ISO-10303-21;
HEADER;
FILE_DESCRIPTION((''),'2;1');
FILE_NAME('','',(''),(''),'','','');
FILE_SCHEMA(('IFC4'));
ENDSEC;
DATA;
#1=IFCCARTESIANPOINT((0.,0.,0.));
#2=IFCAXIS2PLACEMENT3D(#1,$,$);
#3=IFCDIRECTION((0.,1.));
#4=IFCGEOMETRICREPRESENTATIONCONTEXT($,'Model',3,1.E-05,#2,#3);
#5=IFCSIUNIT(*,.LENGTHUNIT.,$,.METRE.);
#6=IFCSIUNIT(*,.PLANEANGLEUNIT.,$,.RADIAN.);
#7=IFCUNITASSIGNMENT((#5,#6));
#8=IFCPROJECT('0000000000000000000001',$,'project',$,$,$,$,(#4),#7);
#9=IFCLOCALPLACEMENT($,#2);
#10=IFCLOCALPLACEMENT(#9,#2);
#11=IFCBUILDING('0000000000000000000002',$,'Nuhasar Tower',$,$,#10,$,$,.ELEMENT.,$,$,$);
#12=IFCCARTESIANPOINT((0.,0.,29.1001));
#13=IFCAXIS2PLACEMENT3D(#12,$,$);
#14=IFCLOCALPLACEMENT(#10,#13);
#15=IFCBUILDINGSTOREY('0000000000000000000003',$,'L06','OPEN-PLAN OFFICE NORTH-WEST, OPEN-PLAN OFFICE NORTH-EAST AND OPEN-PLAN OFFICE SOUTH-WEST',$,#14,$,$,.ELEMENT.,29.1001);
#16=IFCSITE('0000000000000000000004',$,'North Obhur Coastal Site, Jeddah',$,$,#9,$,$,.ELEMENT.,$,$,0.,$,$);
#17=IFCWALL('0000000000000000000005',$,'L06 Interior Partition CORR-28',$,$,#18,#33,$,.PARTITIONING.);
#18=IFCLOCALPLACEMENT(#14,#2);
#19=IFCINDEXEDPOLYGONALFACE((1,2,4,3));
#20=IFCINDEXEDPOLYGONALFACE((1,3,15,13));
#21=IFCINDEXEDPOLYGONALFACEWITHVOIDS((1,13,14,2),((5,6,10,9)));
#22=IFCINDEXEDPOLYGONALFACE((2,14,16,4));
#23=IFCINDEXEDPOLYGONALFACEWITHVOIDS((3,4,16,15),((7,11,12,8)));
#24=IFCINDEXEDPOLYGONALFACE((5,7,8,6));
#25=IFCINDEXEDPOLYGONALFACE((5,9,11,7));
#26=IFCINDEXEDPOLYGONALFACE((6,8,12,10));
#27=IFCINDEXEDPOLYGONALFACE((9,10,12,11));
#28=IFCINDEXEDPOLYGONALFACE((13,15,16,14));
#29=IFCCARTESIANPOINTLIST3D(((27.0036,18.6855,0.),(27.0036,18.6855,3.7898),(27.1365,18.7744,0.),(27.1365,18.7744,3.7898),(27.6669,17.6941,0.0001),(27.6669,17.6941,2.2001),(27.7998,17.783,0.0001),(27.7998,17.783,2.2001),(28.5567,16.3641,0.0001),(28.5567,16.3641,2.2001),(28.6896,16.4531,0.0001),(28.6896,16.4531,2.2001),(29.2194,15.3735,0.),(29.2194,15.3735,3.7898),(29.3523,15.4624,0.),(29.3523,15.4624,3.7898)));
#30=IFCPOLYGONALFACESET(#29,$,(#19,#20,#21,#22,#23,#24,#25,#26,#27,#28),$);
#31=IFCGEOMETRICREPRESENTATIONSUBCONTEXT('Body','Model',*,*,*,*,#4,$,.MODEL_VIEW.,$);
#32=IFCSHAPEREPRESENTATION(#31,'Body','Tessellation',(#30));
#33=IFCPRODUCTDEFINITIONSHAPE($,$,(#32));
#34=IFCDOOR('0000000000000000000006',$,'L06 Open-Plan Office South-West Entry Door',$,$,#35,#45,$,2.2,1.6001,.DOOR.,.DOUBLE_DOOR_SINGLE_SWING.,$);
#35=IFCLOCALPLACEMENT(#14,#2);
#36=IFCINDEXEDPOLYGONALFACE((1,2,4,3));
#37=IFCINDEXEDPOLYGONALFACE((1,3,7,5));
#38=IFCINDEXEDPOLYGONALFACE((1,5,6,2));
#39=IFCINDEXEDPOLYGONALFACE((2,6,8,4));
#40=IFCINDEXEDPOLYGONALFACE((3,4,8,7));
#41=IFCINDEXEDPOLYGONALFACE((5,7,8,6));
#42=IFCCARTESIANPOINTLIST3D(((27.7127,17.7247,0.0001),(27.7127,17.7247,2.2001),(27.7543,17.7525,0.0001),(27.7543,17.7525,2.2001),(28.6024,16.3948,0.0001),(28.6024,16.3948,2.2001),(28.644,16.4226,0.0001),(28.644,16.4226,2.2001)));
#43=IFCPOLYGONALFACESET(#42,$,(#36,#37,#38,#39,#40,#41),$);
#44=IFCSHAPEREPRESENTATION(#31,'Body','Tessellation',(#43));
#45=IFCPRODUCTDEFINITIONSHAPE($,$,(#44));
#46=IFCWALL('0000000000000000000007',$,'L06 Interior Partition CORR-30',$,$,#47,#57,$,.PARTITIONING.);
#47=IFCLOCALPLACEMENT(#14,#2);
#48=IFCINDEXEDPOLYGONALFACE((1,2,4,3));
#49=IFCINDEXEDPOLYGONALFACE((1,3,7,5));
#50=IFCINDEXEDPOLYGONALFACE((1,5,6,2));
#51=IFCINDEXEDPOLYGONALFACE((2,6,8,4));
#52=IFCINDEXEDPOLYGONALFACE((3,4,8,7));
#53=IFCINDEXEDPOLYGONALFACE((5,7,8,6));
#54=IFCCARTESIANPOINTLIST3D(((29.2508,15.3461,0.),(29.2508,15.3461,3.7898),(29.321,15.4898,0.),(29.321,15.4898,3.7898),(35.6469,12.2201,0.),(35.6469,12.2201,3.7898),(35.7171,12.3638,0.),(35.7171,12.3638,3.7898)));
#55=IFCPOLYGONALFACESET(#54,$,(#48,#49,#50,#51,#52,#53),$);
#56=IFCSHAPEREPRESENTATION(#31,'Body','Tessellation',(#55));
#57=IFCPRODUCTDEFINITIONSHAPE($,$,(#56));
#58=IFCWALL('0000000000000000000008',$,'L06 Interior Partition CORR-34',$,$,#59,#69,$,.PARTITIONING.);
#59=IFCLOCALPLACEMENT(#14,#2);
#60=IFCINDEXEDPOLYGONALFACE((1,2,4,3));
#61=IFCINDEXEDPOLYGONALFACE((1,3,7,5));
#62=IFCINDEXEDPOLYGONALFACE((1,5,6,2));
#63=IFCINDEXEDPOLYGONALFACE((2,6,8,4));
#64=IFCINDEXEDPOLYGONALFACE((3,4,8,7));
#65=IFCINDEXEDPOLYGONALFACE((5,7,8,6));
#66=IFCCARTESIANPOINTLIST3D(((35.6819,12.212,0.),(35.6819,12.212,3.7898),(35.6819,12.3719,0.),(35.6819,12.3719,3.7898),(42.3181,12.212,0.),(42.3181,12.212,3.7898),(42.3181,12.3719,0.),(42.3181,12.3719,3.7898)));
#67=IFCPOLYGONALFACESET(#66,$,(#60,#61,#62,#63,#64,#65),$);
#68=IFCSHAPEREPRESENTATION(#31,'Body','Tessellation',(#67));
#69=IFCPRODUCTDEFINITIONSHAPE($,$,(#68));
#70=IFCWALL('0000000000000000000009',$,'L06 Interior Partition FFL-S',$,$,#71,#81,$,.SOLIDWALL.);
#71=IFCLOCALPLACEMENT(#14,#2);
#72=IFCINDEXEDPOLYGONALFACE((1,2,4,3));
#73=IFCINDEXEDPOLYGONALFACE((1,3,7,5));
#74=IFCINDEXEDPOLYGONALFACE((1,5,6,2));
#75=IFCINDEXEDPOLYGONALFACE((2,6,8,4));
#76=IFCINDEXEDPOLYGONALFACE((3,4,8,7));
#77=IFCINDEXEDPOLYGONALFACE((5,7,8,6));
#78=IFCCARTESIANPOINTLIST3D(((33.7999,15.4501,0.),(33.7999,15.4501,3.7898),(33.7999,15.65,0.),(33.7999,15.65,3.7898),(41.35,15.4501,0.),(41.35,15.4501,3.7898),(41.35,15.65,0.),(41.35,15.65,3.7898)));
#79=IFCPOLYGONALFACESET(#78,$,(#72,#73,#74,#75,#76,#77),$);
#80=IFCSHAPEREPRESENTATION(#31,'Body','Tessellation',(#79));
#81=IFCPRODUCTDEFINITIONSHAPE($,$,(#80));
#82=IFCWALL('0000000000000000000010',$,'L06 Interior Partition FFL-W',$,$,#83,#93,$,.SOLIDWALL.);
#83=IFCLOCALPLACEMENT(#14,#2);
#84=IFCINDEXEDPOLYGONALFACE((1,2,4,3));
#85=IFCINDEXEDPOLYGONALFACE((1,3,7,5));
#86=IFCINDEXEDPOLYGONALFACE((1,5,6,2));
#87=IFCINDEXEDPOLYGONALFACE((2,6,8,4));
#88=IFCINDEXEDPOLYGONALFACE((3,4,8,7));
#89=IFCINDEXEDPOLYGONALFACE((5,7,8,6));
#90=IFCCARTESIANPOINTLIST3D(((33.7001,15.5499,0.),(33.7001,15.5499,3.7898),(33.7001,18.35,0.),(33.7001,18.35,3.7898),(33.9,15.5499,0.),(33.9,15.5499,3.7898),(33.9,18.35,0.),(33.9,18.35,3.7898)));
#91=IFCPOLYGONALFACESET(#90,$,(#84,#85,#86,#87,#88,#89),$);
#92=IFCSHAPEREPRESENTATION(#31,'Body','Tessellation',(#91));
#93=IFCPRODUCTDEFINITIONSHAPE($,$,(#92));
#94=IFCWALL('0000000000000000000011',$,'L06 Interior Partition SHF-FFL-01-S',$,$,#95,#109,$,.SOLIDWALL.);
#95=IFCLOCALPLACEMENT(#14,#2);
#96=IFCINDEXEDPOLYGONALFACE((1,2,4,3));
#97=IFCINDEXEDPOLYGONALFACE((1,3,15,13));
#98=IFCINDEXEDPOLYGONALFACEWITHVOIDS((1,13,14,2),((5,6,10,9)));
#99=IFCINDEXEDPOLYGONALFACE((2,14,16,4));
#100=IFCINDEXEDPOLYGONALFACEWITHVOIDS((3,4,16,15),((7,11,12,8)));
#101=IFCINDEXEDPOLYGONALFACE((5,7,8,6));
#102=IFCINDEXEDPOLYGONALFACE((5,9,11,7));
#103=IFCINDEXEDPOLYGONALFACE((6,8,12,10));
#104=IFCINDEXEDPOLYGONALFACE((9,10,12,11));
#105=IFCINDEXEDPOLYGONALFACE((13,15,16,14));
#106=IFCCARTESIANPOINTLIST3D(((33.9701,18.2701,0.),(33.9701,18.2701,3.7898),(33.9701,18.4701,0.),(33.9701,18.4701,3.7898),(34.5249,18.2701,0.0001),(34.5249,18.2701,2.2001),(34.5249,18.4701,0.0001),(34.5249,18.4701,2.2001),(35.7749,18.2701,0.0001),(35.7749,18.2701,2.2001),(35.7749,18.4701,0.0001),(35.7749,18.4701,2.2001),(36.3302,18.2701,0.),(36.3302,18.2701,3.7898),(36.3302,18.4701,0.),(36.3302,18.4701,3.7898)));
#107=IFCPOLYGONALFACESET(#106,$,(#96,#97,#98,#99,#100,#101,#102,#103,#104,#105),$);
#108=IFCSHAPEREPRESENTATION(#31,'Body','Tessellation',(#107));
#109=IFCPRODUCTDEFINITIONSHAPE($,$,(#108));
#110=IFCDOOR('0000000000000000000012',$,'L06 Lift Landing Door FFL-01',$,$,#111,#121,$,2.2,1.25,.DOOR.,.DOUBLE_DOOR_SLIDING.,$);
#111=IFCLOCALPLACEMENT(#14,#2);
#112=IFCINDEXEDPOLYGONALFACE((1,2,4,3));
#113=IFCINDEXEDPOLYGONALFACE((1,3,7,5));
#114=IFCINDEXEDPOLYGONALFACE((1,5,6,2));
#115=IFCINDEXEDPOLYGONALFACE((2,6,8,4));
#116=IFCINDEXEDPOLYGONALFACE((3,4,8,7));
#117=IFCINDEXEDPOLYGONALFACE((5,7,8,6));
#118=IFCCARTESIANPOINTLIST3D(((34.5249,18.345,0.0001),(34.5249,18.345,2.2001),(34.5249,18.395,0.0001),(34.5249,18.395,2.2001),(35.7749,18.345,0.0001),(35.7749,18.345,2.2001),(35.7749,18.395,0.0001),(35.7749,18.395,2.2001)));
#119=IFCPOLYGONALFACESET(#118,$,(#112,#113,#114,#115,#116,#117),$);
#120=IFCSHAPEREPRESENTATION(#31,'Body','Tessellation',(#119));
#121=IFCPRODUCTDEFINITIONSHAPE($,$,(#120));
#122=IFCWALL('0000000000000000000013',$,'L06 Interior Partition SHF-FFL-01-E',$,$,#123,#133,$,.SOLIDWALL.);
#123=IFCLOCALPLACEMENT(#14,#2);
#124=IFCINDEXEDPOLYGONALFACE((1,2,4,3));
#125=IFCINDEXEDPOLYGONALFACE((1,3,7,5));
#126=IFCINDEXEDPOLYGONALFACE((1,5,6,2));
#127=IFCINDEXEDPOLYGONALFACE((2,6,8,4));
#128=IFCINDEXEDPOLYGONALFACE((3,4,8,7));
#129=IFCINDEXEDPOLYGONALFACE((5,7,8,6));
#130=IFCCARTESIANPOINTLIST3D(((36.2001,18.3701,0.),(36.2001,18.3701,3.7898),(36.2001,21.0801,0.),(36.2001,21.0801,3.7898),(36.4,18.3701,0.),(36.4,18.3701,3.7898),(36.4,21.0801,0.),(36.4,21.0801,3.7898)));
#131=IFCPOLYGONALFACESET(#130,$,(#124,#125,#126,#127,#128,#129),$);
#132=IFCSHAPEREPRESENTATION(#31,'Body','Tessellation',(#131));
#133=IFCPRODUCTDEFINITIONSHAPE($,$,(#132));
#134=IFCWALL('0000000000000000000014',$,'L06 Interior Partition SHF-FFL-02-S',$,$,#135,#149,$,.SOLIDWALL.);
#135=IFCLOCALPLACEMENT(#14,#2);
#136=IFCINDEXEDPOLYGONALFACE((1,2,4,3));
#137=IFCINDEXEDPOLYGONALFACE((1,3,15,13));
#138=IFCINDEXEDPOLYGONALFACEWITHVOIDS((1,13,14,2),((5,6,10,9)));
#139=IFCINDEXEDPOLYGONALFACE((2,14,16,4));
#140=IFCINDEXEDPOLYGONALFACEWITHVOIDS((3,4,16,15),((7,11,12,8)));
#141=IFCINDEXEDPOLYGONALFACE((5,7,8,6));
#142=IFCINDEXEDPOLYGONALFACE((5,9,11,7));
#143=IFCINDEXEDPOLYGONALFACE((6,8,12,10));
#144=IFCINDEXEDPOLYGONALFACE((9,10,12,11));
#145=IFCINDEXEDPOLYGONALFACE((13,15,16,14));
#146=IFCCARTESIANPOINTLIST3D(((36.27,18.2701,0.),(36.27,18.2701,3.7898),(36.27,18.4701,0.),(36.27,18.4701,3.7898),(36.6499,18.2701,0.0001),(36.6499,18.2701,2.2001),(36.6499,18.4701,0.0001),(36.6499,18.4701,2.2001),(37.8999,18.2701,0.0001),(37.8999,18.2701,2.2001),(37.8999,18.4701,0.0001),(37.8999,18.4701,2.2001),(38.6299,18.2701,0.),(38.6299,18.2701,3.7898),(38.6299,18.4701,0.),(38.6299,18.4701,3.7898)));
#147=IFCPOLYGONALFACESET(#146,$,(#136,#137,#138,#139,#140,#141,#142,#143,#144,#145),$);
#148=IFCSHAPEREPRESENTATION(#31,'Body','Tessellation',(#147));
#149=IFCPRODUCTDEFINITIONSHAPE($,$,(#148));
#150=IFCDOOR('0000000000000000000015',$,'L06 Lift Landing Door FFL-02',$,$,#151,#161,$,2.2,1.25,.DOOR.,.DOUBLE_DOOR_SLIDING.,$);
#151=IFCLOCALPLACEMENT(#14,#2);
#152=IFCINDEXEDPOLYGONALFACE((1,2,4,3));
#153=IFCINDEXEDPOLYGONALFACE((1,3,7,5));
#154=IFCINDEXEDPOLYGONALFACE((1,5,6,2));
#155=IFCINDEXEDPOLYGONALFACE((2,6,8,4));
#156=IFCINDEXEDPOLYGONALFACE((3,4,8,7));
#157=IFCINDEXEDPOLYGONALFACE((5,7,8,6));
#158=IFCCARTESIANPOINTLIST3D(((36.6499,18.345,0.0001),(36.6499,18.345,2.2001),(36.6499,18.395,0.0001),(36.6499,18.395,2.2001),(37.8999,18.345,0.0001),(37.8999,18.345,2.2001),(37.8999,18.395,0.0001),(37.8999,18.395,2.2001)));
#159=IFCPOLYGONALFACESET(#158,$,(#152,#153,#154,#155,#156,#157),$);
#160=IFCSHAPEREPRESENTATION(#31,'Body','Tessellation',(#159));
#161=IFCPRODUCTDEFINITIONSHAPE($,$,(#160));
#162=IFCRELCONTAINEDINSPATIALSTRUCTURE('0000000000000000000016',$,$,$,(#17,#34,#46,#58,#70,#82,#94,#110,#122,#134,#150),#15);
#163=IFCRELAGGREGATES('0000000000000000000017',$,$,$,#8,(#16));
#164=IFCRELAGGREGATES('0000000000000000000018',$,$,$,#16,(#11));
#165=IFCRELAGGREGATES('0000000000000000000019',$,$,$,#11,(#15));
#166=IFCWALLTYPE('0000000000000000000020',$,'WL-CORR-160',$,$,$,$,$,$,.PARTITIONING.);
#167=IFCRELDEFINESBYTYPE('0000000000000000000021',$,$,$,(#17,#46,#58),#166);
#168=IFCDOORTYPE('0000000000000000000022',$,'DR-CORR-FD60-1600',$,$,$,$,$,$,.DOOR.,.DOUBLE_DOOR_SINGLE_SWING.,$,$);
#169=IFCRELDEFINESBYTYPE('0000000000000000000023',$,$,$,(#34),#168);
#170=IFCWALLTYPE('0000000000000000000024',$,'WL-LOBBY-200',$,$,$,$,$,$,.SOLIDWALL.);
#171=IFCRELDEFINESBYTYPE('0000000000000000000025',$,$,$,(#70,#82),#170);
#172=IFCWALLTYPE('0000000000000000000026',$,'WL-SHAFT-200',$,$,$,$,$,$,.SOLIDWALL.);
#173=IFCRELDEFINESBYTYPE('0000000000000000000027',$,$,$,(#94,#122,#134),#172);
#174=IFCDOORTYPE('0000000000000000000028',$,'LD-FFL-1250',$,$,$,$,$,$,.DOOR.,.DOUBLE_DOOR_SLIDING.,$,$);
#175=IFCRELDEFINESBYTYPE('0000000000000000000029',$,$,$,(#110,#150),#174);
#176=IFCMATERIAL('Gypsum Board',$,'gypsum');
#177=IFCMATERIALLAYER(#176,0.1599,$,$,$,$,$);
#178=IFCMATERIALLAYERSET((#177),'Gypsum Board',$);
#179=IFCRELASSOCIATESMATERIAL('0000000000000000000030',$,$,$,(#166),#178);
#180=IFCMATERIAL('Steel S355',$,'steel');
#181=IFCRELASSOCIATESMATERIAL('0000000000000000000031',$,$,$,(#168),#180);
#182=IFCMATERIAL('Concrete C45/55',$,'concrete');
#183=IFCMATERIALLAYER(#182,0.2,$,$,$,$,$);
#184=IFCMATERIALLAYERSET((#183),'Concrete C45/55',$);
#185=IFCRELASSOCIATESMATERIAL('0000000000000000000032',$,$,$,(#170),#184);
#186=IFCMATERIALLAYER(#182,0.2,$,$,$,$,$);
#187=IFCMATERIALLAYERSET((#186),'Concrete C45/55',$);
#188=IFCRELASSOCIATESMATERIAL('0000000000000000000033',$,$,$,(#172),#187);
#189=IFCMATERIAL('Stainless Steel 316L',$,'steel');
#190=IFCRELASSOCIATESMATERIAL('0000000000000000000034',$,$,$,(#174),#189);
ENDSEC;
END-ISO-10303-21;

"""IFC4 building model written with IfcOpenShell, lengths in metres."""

from ifc_helpers import new_model, si_unit, direction, frame, frame_2d, origin, place, context, subcontext, project, spatial, rectangle, extrude, material, layer, layer_set, type_object, element, fill, save


model = new_model("IFC4")

# Units and contexts
model_context = context("Model", 3, precision=1e-05, world=origin(), true_north=direction((0.0, 1.0)))
body_context = subcontext(model_context, "Body", "Model", "MODEL_VIEW")
ifc_project = project(units=[si_unit("LENGTHUNIT", "METRE"), si_unit("PLANEANGLEUNIT", "RADIAN")], contexts=[model_context])

# Site, building, storey
site_placement = place(None, origin())
site = spatial("IfcSite", under=ifc_project, at=site_placement, Name="North Obhur Coastal Site, Jeddah", CompositionType="ELEMENT", RefElevation=0.0)
building_placement = place(site_placement, origin())
building = spatial("IfcBuilding", under=site, at=building_placement, Name="Nuhasar Tower", CompositionType="ELEMENT")
storey_placement = place(building_placement, frame((0.0, 0.0, 29.1001)))
storey = spatial("IfcBuildingStorey", under=building, at=storey_placement, Name="L06", Description="OPEN-PLAN OFFICE NORTH-WEST, OPEN-PLAN OFFICE NORTH-EAST AND OPEN-PLAN OFFICE SOUTH-WEST", CompositionType="ELEMENT", Elevation=29.1001)

# Shared definitions
ifc_material_1 = material(Name="Steel S355", Category="steel")

# Wall, opening, door
ifc_material_2 = material(Name="Gypsum Board", Category="gypsum")
ifc_layer_1 = layer(ifc_material_2, 0.1599)
ifc_layer_set_1 = layer_set([ifc_layer_1], Name="Gypsum Board")
wall_type_1 = type_object("IfcWallType", Name="WL-CORR-160", PredefinedType="PARTITIONING", material=ifc_layer_set_1)
wall_1_placement = place(storey_placement, frame((29.2859, 15.418, 0.0), z_axis=(0.0, 0.0, 1.0), x_axis=(-0.556057, 0.831144, 0.0)))
wall_1 = element("IfcWall", 1, at=wall_1_placement, inside=storey, type_object=wall_type_1, Name="L06 Interior Partition CORR-28", PredefinedType="PARTITIONING", context=body_context, shape_type="SweptSolid", body=[
    extrude(rectangle(XDim=3.9849, YDim=0.1599, at=frame_2d((1.9924, 0.0))), origin(), (0.0, 0.0, 1.0), 3.7898),
])
opening_1_placement = place(wall_1_placement, frame((1.1919, 0.0, 0.0)))
opening_1 = element("IfcOpeningElement", 2, at=opening_1_placement, cuts=wall_1, PredefinedType="OPENING", context=body_context, shape_type="SweptSolid", body=[
    extrude(rectangle(XDim=1.6001, YDim=2.2, at=frame_2d((0.8, 1.1001))), frame((0.0, 0.0898, 0.0), z_axis=(0.0, -1.0, 0.0), x_axis=(1.0, 0.0, 0.0)), (0.0, 0.0, 1.0), 0.1799),
])
door_type_1 = type_object("IfcDoorType", Name="DR-CORR-FD60-1600", OperationType="DOUBLE_DOOR_SINGLE_SWING", PredefinedType="DOOR", material=ifc_material_1)
door_1_placement = place(opening_1_placement, origin())
door_1 = element("IfcDoor", 3, at=door_1_placement, inside=storey, type_object=door_type_1, Name="L06 Open-Plan Office South-West Entry Door", OperationType="DOUBLE_DOOR_SINGLE_SWING", OverallHeight=2.2, OverallWidth=1.6001, PredefinedType="DOOR", context=body_context, shape_type="SweptSolid", body=[
    extrude(rectangle(XDim=1.6001, YDim=2.2, at=frame_2d((0.8, 1.1001))), frame((0.0, 0.0249, 0.0), z_axis=(0.0, -1.0, 0.0), x_axis=(1.0, 0.0, 0.0)), (0.0, 0.0, 1.0), 0.05),
])
fill(opening_1, door_1)

# Walls
wall_2_placement = place(storey_placement, frame((29.2859, 15.418, 0.0), z_axis=(0.0, 0.0, 1.0), x_axis=(0.898437, -0.439102, 0.0)))
element("IfcWall", 4, at=wall_2_placement, inside=storey, type_object=wall_type_1, Name="L06 Interior Partition CORR-30", PredefinedType="PARTITIONING", context=body_context, shape_type="SweptSolid", body=[
    extrude(rectangle(XDim=7.1191, YDim=0.1599, at=frame_2d((3.5596, 0.0))), origin(), (0.0, 0.0, 1.0), 3.7898),
])
wall_3_placement = place(storey_placement, frame((35.6819, 12.292, 0.0), z_axis=(0.0, 0.0, 1.0), x_axis=(1.0, 0.0, 0.0)))
element("IfcWall", 5, at=wall_3_placement, inside=storey, type_object=wall_type_1, Name="L06 Interior Partition CORR-34", PredefinedType="PARTITIONING", context=body_context, shape_type="SweptSolid", body=[
    extrude(rectangle(XDim=6.6362, YDim=0.1599, at=frame_2d((3.3181, 0.0))), origin(), (0.0, 0.0, 1.0), 3.7898),
])
ifc_material_3 = material(Name="Concrete C45/55", Category="concrete")
ifc_layer_2 = layer(ifc_material_3, 0.2)
ifc_layer_set_2 = layer_set([ifc_layer_2], Name="Concrete C45/55")
wall_type_2 = type_object("IfcWallType", Name="WL-LOBBY-200", PredefinedType="SOLIDWALL", material=ifc_layer_set_2)
wall_4_placement = place(storey_placement, frame((33.8, 15.55, 0.0), z_axis=(0.0, 0.0, 1.0), x_axis=(1.0, 0.0, 0.0)))
element("IfcWall", 6, at=wall_4_placement, inside=storey, type_object=wall_type_2, Name="L06 Interior Partition FFL-S", PredefinedType="SOLIDWALL", context=body_context, shape_type="SweptSolid", body=[
    extrude(rectangle(XDim=7.55, YDim=0.2, at=frame_2d((3.7749, 0.0))), origin(), (0.0, 0.0, 1.0), 3.7898),
])
wall_5_placement = place(storey_placement, frame((33.8, 15.55, 0.0), z_axis=(0.0, 0.0, 1.0), x_axis=(0.0, 1.0, 0.0)))
element("IfcWall", 7, at=wall_5_placement, inside=storey, type_object=wall_type_2, Name="L06 Interior Partition FFL-W", PredefinedType="SOLIDWALL", context=body_context, shape_type="SweptSolid", body=[
    extrude(rectangle(XDim=2.8, YDim=0.2, at=frame_2d((1.3999, 0.0))), origin(), (0.0, 0.0, 1.0), 3.7898),
])

# Wall, opening, door
ifc_layer_3 = layer(ifc_material_3, 0.2)
ifc_layer_set_3 = layer_set([ifc_layer_3], Name="Concrete C45/55")
wall_type_3 = type_object("IfcWallType", Name="WL-SHAFT-200", PredefinedType="SOLIDWALL", material=ifc_layer_set_3)
wall_6_placement = place(storey_placement, frame((33.97, 18.3701, 0.0), z_axis=(0.0, 0.0, 1.0), x_axis=(1.0, 0.0, 0.0)))
wall_6 = element("IfcWall", 8, at=wall_6_placement, inside=storey, type_object=wall_type_3, Name="L06 Interior Partition SHF-FFL-01-S", PredefinedType="SOLIDWALL", context=body_context, shape_type="SweptSolid", body=[
    extrude(rectangle(XDim=2.3601, YDim=0.2, at=frame_2d((1.1802, 0.0))), origin(), (0.0, 0.0, 1.0), 3.7898),
])
opening_2_placement = place(wall_6_placement, frame((0.5549, 0.0, 0.0)))
opening_2 = element("IfcOpeningElement", 9, at=opening_2_placement, cuts=wall_6, PredefinedType="OPENING", context=body_context, shape_type="SweptSolid", body=[
    extrude(rectangle(XDim=1.25, YDim=2.2, at=frame_2d((0.625, 1.1001))), frame((0.0, 0.1099, 0.0), z_axis=(0.0, -1.0, 0.0), x_axis=(1.0, 0.0, 0.0)), (0.0, 0.0, 1.0), 0.22),
])
ifc_material_4 = material(Name="Stainless Steel 316L", Category="steel")
door_type_2 = type_object("IfcDoorType", Name="LD-FFL-1250", OperationType="DOUBLE_DOOR_SLIDING", PredefinedType="DOOR", material=ifc_material_4)
door_2_placement = place(opening_2_placement, origin())
door_2 = element("IfcDoor", 10, at=door_2_placement, inside=storey, type_object=door_type_2, Name="L06 Lift Landing Door FFL-01", OperationType="DOUBLE_DOOR_SLIDING", OverallHeight=2.2, OverallWidth=1.25, PredefinedType="DOOR", context=body_context, shape_type="SweptSolid", body=[
    extrude(rectangle(XDim=1.25, YDim=2.2, at=frame_2d((0.625, 1.1001))), frame((0.0, 0.0249, 0.0), z_axis=(0.0, -1.0, 0.0), x_axis=(1.0, 0.0, 0.0)), (0.0, 0.0, 1.0), 0.05),
])
fill(opening_2, door_2)

# Wall
wall_7_placement = place(storey_placement, frame((36.3, 18.3701, 0.0), z_axis=(0.0, 0.0, 1.0), x_axis=(0.0, 1.0, 0.0)))
element("IfcWall", 11, at=wall_7_placement, inside=storey, type_object=wall_type_3, Name="L06 Interior Partition SHF-FFL-01-E", PredefinedType="SOLIDWALL", context=body_context, shape_type="SweptSolid", body=[
    extrude(rectangle(XDim=2.71, YDim=0.2, at=frame_2d((1.355, 0.0))), origin(), (0.0, 0.0, 1.0), 3.7898),
])

# Wall, opening, door
wall_8_placement = place(storey_placement, frame((36.27, 18.3701, 0.0), z_axis=(0.0, 0.0, 1.0), x_axis=(1.0, 0.0, 0.0)))
wall_8 = element("IfcWall", 12, at=wall_8_placement, inside=storey, type_object=wall_type_3, Name="L06 Interior Partition SHF-FFL-02-S", PredefinedType="SOLIDWALL", context=body_context, shape_type="SweptSolid", body=[
    extrude(rectangle(XDim=2.3599, YDim=0.2, at=frame_2d((1.1799, 0.0))), origin(), (0.0, 0.0, 1.0), 3.7898),
])
opening_3_placement = place(wall_8_placement, frame((0.3799, 0.0, 0.0)))
opening_3 = element("IfcOpeningElement", 13, at=opening_3_placement, cuts=wall_8, PredefinedType="OPENING", context=body_context, shape_type="SweptSolid", body=[
    extrude(rectangle(XDim=1.25, YDim=2.2, at=frame_2d((0.625, 1.1001))), frame((0.0, 0.1099, 0.0), z_axis=(0.0, -1.0, 0.0), x_axis=(1.0, 0.0, 0.0)), (0.0, 0.0, 1.0), 0.22),
])
door_3_placement = place(opening_3_placement, origin())
door_3 = element("IfcDoor", 14, at=door_3_placement, inside=storey, type_object=door_type_2, Name="L06 Lift Landing Door FFL-02", OperationType="DOUBLE_DOOR_SLIDING", OverallHeight=2.2, OverallWidth=1.25, PredefinedType="DOOR", context=body_context, shape_type="SweptSolid", body=[
    extrude(rectangle(XDim=1.25, YDim=2.2, at=frame_2d((0.625, 1.1001))), frame((0.0, 0.0249, 0.0), z_axis=(0.0, -1.0, 0.0), x_axis=(1.0, 0.0, 0.0)), (0.0, 0.0, 1.0), 0.05),
])
fill(opening_3, door_3)

save(model, "model.ifc")
